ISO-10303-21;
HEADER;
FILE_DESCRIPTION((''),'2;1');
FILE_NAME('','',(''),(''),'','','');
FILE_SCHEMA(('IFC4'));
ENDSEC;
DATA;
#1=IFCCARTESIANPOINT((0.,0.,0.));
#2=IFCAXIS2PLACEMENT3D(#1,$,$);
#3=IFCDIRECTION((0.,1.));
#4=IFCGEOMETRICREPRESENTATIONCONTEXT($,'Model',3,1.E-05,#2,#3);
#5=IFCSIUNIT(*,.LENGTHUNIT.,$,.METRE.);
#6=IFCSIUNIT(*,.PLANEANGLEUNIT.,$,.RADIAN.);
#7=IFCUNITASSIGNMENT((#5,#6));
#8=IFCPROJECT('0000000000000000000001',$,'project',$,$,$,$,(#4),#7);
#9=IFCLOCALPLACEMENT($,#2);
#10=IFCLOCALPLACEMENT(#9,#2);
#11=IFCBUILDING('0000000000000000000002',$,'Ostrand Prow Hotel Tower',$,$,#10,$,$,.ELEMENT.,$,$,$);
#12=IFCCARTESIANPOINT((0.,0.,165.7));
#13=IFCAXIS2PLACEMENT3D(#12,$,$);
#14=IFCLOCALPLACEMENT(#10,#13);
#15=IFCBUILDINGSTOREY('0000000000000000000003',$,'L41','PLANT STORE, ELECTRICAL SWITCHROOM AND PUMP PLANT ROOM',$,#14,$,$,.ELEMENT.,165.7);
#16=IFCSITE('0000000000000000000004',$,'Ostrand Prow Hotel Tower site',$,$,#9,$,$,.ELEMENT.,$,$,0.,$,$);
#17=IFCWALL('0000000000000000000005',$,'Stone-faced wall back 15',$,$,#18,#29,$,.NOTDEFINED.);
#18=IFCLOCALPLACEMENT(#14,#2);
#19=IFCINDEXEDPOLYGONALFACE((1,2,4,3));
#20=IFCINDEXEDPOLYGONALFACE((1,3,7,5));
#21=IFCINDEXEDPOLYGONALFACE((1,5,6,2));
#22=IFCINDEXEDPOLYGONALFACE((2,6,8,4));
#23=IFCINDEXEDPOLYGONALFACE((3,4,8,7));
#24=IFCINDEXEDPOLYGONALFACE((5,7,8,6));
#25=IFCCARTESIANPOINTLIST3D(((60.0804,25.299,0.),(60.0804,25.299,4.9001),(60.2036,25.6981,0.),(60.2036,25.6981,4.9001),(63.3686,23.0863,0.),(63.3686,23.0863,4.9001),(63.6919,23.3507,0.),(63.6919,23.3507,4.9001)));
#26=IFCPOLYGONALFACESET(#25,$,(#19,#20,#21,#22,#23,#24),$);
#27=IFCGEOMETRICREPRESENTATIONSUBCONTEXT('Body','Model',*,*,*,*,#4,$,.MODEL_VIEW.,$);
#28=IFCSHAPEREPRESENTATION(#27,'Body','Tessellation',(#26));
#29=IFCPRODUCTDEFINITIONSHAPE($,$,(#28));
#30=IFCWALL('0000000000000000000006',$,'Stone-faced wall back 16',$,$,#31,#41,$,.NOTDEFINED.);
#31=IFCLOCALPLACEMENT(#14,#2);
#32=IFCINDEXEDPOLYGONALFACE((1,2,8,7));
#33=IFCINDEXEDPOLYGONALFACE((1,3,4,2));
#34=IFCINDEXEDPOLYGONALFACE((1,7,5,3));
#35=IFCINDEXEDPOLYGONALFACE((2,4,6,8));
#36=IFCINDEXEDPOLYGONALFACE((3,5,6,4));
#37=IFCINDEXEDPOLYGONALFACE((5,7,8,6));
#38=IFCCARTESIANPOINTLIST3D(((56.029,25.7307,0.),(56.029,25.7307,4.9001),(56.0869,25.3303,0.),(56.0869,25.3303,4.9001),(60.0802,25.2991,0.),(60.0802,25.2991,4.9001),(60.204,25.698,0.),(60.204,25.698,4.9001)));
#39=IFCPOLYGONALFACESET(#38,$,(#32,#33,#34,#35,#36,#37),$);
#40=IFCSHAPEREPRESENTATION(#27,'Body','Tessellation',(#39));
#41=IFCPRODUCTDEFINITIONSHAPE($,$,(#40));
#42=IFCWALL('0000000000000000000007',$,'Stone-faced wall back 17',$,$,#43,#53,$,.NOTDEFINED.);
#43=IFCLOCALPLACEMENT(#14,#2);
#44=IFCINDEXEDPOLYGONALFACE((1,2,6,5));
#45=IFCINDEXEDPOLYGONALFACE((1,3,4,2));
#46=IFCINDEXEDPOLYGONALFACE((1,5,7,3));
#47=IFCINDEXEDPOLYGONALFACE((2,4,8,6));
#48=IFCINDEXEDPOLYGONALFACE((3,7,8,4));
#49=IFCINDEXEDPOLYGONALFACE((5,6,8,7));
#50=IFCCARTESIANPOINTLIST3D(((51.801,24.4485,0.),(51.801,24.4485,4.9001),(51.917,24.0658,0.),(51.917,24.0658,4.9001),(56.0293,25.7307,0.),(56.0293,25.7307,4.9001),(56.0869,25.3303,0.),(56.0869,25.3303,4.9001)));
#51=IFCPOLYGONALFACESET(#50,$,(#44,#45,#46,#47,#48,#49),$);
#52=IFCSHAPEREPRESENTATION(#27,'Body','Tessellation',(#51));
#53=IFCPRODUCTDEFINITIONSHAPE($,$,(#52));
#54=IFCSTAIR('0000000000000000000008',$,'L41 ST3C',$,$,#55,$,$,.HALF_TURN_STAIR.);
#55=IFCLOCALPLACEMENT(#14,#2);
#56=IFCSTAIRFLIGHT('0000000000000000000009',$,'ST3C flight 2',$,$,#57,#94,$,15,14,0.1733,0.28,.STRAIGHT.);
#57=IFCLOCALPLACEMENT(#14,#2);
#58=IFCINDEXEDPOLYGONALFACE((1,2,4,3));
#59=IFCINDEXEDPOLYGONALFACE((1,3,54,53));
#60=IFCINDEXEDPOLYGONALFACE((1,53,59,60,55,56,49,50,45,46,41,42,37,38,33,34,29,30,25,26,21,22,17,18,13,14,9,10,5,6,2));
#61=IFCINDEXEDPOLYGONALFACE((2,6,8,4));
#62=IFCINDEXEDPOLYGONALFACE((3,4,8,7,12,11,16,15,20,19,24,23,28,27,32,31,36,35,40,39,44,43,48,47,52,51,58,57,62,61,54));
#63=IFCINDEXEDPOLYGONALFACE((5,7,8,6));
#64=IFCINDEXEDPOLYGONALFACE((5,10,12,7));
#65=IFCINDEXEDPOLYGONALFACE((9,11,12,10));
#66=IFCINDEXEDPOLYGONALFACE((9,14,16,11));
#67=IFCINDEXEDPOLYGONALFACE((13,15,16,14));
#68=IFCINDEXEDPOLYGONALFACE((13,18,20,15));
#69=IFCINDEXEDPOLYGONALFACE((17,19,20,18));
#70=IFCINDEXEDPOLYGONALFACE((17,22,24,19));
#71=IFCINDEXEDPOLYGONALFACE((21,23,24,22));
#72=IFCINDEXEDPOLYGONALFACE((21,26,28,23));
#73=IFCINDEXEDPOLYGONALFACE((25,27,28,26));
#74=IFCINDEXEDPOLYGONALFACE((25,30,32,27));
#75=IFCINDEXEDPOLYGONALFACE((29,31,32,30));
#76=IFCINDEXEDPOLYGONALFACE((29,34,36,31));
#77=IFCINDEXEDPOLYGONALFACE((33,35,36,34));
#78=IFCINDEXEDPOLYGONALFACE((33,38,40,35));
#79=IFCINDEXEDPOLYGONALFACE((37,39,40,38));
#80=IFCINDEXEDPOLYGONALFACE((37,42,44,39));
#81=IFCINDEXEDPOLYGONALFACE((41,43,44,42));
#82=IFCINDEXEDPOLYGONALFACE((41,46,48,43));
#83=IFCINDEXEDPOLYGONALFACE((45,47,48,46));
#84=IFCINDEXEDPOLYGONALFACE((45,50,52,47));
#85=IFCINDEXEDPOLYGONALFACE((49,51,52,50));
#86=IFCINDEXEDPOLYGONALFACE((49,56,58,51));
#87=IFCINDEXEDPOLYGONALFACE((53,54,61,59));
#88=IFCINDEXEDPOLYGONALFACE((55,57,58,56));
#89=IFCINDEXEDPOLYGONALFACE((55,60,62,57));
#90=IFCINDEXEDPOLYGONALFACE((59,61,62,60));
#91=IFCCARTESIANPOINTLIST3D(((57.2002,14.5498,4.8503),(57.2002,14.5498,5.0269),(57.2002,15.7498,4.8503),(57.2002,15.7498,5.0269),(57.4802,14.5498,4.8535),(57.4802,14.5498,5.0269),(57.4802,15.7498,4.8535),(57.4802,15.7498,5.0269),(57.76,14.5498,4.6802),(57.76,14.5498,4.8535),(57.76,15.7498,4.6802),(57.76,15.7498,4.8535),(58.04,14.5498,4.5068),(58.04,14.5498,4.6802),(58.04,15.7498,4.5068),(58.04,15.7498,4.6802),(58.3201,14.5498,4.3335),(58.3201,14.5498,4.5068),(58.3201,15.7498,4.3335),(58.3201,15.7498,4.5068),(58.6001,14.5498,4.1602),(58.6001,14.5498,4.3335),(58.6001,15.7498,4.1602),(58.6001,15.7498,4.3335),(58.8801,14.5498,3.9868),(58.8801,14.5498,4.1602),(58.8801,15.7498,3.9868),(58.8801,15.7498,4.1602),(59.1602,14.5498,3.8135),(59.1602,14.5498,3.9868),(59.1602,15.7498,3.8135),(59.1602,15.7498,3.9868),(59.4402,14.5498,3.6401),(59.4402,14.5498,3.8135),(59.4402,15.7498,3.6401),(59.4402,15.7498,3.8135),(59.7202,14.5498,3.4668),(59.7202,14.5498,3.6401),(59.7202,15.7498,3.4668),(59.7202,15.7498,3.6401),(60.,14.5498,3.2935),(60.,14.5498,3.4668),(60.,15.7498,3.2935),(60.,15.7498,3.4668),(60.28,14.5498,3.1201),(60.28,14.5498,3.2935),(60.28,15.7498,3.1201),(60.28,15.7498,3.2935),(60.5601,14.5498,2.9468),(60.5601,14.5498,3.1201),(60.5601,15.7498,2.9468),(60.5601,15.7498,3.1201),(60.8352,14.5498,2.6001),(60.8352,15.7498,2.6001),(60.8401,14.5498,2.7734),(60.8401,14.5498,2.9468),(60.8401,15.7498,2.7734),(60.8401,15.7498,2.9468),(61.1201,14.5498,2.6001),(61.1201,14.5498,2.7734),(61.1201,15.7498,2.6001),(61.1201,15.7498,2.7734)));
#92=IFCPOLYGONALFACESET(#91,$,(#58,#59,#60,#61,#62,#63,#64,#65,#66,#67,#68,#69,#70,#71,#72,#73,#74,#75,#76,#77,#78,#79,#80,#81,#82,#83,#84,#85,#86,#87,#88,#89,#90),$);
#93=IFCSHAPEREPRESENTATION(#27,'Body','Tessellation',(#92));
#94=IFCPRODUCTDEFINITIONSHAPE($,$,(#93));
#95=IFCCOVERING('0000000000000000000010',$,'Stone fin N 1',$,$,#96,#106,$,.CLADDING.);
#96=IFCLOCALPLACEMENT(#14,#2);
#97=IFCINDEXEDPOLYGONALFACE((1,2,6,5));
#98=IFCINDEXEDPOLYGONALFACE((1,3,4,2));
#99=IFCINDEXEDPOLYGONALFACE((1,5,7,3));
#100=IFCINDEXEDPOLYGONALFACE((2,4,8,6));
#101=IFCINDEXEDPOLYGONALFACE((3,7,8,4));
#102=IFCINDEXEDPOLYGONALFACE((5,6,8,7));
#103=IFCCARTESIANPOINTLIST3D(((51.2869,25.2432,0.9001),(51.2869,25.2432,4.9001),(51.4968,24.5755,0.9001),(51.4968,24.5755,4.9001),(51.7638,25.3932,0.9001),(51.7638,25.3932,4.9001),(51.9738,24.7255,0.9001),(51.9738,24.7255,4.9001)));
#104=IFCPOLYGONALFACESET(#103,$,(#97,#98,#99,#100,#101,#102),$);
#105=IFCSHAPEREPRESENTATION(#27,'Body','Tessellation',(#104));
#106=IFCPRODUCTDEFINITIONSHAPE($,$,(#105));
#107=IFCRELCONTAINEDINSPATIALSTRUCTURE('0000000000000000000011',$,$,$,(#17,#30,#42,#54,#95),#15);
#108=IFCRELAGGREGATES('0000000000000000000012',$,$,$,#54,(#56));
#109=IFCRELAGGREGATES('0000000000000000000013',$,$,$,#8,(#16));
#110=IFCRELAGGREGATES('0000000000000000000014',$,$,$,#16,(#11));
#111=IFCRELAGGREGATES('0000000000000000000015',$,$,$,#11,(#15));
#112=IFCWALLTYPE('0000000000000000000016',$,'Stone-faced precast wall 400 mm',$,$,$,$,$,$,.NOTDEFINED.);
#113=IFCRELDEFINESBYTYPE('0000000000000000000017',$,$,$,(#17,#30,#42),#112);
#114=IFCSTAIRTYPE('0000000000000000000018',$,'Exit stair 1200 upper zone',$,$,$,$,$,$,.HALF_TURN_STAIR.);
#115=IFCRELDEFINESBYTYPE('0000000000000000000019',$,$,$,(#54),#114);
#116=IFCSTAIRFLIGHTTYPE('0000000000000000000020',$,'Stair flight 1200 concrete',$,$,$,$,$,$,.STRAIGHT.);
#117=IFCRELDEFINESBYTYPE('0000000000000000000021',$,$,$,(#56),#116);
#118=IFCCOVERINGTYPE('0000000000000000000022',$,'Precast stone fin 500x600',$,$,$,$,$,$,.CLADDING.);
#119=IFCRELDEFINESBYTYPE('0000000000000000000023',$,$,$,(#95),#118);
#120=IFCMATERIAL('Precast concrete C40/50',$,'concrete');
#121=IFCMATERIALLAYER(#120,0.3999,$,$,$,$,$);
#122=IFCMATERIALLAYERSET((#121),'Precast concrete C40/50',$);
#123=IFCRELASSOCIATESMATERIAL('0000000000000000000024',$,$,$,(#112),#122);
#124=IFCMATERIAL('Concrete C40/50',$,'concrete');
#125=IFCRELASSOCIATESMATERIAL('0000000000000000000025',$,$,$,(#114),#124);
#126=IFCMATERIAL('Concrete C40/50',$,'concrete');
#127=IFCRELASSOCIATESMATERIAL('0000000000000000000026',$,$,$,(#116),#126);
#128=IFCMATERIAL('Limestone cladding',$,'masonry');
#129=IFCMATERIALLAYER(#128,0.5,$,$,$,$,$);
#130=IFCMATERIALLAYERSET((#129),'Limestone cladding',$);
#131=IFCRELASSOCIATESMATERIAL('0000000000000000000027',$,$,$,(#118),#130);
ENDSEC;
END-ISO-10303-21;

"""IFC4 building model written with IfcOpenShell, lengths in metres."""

from ifc_helpers import new_model, si_unit, direction, frame, frame_2d, origin, place, context, subcontext, project, spatial, polyline, rectangle, outline, extrude, material, layer, layer_set, type_object, element, aggregate, save


model = new_model("IFC4")

# Units and contexts
model_context = context("Model", 3, precision=1e-05, world=origin(), true_north=direction((0.0, 1.0)))
body_context = subcontext(model_context, "Body", "Model", "MODEL_VIEW")
ifc_project = project(units=[si_unit("LENGTHUNIT", "METRE"), si_unit("PLANEANGLEUNIT", "RADIAN")], contexts=[model_context])

# Site, building, storey
site_placement = place(None, origin())
site = spatial("IfcSite", under=ifc_project, at=site_placement, Name="Ostrand Prow Hotel Tower site", CompositionType="ELEMENT", RefElevation=0.0)
building_placement = place(site_placement, origin())
building = spatial("IfcBuilding", under=site, at=building_placement, Name="Ostrand Prow Hotel Tower", CompositionType="ELEMENT")
storey_placement = place(building_placement, frame((0.0, 0.0, 165.7)))
storey = spatial("IfcBuildingStorey", under=building, at=storey_placement, Name="L41", Description="PLANT STORE, ELECTRICAL SWITCHROOM AND PUMP PLANT ROOM", CompositionType="ELEMENT", Elevation=165.7)

# Walls
ifc_material_1 = material(Name="Precast concrete C40/50", Category="concrete")
ifc_layer_1 = layer(ifc_material_1, 0.3999)
ifc_layer_set_1 = layer_set([ifc_layer_1], Name="Precast concrete C40/50")
wall_type = type_object("IfcWallType", Name="Stone-faced precast wall 400 mm", PredefinedType="NOTDEFINED", material=ifc_layer_set_1)
wall_1_placement = place(storey_placement, frame((63.5303, 23.2185, 0.0), z_axis=(0.0, 0.0, 1.0), x_axis=(-0.829642, 0.558296, 0.0)))
element("IfcWall", 1, at=wall_1_placement, inside=storey, type_object=wall_type, Name="Stone-faced wall back 15", PredefinedType="NOTDEFINED", context=body_context, shape_type="SweptSolid", body=[
    extrude(outline(polyline([(-0.0603, -0.2), (4.1443, -0.2), (4.0237, 0.2), (0.0603, 0.2), (-0.0603, -0.2)])), origin(), (0.0, 0.0, 1.0), 4.9001),
])
wall_2_placement = place(storey_placement, frame((60.1421, 25.4985, 0.0), z_axis=(0.0, 0.0, 1.0), x_axis=(-0.999969, 0.007831, 0.0)))
element("IfcWall", 2, at=wall_2_placement, inside=storey, type_object=wall_type, Name="Stone-faced wall back 16", PredefinedType="NOTDEFINED", context=body_context, shape_type="SweptSolid", body=[
    extrude(outline(polyline([(-0.0603, -0.2), (4.1147, -0.2), (4.0537, 0.2), (0.0603, 0.2), (-0.0603, -0.2)])), origin(), (0.0, 0.0, 1.0), 4.9001),
])
wall_3_placement = place(storey_placement, frame((56.0581, 25.5305, 0.0), z_axis=(0.0, 0.0, 1.0), x_axis=(-0.956964, -0.290205, 0.0)))
element("IfcWall", 3, at=wall_3_placement, inside=storey, type_object=wall_type, Name="Stone-faced wall back 17", PredefinedType="NOTDEFINED", context=body_context, shape_type="SweptSolid", body=[
    extrude(outline(polyline([(-0.0305, -0.2), (4.3879, -0.2), (4.3879, 0.2), (0.0305, 0.2), (-0.0305, -0.2)])), origin(), (0.0, 0.0, 1.0), 4.9001),
])

# Stair, stair flight
ifc_material_2 = material(Name="Concrete C40/50", Category="concrete")
stair_type = type_object("IfcStairType", Name="Exit stair 1200 upper zone", PredefinedType="HALF_TURN_STAIR", material=ifc_material_2)
stair_placement = place(storey_placement, origin())
stair = element("IfcStair", 4, at=stair_placement, inside=storey, type_object=stair_type, Name="L41 ST3C", PredefinedType="HALF_TURN_STAIR")
ifc_material_3 = material(Name="Concrete C40/50", Category="concrete")
stair_flight_type = type_object("IfcStairFlightType", Name="Stair flight 1200 concrete", PredefinedType="STRAIGHT", material=ifc_material_3)
stair_flight_placement = place(storey_placement, frame((61.1201, 15.1499, 2.6001), z_axis=(0.0, 0.0, 1.0), x_axis=(-1.0, 0.0, 0.0)))
stair_flight = element("IfcStairFlight", 5, at=stair_flight_placement, type_object=stair_flight_type, Name="ST3C flight 2", NumberOfRisers=15, NumberOfTreads=14, PredefinedType="STRAIGHT", RiserHeight=0.1733, TreadLength=0.28, context=body_context, shape_type="SweptSolid", body=[
    extrude(outline(polyline([(0.0, 0.0), (0.0, 0.1733), (0.28, 0.1733), (0.28, 0.3467), (0.5601, 0.3467), (0.5601, 0.52), (0.8401, 0.52), (0.8401, 0.6934), (1.1201, 0.6934), (1.1201, 0.8667), (1.3999, 0.8667), (1.3999, 1.04), (1.6799, 1.04), (1.6799, 1.2134), (1.96, 1.2134), (1.96, 1.3867), (2.24, 1.3867), (2.24, 1.5601), (2.52, 1.5601), (2.52, 1.7334), (2.8, 1.7334), (2.8, 1.9067), (3.0801, 1.9067), (3.0801, 2.0801), (3.3601, 2.0801), (3.3601, 2.2534), (3.6399, 2.2534), (3.6399, 2.4268), (3.9199, 2.4268), (3.9199, 2.6001), (3.9199, 2.2502), (0.2849, 0.0), (0.0, 0.0)])), frame((0.0, 0.6001, 0.0), z_axis=(0.0, -1.0, 0.0), x_axis=(1.0, 0.0, 0.0)), (0.0, 0.0, 1.0), 1.2),
])
aggregate(stair, [stair_flight])

# Covering
ifc_material_4 = material(Name="Limestone cladding", Category="masonry")
ifc_layer_2 = layer(ifc_material_4, 0.5)
ifc_layer_set_2 = layer_set([ifc_layer_2], Name="Limestone cladding")
covering_type_1 = type_object("IfcCoveringType", Name="Precast stone fin 500x600", PredefinedType="CLADDING", material=ifc_layer_set_2)
covering_1_placement = place(storey_placement, frame((51.7354, 24.6504, 0.9001), z_axis=(0.0, 0.0, 1.0), x_axis=(-0.299963, 0.953951, 0.0)))
element("IfcCovering", 6, at=covering_1_placement, inside=storey, type_object=covering_type_1, Name="Stone fin N 1", PredefinedType="CLADDING", context=body_context, shape_type="SweptSolid", body=[
    extrude(rectangle(XDim=0.7, YDim=0.5, at=frame_2d((0.3501, 0.0))), origin(), (0.0, 0.0, 1.0), 4.0),
])

save(model, "model.ifc")
